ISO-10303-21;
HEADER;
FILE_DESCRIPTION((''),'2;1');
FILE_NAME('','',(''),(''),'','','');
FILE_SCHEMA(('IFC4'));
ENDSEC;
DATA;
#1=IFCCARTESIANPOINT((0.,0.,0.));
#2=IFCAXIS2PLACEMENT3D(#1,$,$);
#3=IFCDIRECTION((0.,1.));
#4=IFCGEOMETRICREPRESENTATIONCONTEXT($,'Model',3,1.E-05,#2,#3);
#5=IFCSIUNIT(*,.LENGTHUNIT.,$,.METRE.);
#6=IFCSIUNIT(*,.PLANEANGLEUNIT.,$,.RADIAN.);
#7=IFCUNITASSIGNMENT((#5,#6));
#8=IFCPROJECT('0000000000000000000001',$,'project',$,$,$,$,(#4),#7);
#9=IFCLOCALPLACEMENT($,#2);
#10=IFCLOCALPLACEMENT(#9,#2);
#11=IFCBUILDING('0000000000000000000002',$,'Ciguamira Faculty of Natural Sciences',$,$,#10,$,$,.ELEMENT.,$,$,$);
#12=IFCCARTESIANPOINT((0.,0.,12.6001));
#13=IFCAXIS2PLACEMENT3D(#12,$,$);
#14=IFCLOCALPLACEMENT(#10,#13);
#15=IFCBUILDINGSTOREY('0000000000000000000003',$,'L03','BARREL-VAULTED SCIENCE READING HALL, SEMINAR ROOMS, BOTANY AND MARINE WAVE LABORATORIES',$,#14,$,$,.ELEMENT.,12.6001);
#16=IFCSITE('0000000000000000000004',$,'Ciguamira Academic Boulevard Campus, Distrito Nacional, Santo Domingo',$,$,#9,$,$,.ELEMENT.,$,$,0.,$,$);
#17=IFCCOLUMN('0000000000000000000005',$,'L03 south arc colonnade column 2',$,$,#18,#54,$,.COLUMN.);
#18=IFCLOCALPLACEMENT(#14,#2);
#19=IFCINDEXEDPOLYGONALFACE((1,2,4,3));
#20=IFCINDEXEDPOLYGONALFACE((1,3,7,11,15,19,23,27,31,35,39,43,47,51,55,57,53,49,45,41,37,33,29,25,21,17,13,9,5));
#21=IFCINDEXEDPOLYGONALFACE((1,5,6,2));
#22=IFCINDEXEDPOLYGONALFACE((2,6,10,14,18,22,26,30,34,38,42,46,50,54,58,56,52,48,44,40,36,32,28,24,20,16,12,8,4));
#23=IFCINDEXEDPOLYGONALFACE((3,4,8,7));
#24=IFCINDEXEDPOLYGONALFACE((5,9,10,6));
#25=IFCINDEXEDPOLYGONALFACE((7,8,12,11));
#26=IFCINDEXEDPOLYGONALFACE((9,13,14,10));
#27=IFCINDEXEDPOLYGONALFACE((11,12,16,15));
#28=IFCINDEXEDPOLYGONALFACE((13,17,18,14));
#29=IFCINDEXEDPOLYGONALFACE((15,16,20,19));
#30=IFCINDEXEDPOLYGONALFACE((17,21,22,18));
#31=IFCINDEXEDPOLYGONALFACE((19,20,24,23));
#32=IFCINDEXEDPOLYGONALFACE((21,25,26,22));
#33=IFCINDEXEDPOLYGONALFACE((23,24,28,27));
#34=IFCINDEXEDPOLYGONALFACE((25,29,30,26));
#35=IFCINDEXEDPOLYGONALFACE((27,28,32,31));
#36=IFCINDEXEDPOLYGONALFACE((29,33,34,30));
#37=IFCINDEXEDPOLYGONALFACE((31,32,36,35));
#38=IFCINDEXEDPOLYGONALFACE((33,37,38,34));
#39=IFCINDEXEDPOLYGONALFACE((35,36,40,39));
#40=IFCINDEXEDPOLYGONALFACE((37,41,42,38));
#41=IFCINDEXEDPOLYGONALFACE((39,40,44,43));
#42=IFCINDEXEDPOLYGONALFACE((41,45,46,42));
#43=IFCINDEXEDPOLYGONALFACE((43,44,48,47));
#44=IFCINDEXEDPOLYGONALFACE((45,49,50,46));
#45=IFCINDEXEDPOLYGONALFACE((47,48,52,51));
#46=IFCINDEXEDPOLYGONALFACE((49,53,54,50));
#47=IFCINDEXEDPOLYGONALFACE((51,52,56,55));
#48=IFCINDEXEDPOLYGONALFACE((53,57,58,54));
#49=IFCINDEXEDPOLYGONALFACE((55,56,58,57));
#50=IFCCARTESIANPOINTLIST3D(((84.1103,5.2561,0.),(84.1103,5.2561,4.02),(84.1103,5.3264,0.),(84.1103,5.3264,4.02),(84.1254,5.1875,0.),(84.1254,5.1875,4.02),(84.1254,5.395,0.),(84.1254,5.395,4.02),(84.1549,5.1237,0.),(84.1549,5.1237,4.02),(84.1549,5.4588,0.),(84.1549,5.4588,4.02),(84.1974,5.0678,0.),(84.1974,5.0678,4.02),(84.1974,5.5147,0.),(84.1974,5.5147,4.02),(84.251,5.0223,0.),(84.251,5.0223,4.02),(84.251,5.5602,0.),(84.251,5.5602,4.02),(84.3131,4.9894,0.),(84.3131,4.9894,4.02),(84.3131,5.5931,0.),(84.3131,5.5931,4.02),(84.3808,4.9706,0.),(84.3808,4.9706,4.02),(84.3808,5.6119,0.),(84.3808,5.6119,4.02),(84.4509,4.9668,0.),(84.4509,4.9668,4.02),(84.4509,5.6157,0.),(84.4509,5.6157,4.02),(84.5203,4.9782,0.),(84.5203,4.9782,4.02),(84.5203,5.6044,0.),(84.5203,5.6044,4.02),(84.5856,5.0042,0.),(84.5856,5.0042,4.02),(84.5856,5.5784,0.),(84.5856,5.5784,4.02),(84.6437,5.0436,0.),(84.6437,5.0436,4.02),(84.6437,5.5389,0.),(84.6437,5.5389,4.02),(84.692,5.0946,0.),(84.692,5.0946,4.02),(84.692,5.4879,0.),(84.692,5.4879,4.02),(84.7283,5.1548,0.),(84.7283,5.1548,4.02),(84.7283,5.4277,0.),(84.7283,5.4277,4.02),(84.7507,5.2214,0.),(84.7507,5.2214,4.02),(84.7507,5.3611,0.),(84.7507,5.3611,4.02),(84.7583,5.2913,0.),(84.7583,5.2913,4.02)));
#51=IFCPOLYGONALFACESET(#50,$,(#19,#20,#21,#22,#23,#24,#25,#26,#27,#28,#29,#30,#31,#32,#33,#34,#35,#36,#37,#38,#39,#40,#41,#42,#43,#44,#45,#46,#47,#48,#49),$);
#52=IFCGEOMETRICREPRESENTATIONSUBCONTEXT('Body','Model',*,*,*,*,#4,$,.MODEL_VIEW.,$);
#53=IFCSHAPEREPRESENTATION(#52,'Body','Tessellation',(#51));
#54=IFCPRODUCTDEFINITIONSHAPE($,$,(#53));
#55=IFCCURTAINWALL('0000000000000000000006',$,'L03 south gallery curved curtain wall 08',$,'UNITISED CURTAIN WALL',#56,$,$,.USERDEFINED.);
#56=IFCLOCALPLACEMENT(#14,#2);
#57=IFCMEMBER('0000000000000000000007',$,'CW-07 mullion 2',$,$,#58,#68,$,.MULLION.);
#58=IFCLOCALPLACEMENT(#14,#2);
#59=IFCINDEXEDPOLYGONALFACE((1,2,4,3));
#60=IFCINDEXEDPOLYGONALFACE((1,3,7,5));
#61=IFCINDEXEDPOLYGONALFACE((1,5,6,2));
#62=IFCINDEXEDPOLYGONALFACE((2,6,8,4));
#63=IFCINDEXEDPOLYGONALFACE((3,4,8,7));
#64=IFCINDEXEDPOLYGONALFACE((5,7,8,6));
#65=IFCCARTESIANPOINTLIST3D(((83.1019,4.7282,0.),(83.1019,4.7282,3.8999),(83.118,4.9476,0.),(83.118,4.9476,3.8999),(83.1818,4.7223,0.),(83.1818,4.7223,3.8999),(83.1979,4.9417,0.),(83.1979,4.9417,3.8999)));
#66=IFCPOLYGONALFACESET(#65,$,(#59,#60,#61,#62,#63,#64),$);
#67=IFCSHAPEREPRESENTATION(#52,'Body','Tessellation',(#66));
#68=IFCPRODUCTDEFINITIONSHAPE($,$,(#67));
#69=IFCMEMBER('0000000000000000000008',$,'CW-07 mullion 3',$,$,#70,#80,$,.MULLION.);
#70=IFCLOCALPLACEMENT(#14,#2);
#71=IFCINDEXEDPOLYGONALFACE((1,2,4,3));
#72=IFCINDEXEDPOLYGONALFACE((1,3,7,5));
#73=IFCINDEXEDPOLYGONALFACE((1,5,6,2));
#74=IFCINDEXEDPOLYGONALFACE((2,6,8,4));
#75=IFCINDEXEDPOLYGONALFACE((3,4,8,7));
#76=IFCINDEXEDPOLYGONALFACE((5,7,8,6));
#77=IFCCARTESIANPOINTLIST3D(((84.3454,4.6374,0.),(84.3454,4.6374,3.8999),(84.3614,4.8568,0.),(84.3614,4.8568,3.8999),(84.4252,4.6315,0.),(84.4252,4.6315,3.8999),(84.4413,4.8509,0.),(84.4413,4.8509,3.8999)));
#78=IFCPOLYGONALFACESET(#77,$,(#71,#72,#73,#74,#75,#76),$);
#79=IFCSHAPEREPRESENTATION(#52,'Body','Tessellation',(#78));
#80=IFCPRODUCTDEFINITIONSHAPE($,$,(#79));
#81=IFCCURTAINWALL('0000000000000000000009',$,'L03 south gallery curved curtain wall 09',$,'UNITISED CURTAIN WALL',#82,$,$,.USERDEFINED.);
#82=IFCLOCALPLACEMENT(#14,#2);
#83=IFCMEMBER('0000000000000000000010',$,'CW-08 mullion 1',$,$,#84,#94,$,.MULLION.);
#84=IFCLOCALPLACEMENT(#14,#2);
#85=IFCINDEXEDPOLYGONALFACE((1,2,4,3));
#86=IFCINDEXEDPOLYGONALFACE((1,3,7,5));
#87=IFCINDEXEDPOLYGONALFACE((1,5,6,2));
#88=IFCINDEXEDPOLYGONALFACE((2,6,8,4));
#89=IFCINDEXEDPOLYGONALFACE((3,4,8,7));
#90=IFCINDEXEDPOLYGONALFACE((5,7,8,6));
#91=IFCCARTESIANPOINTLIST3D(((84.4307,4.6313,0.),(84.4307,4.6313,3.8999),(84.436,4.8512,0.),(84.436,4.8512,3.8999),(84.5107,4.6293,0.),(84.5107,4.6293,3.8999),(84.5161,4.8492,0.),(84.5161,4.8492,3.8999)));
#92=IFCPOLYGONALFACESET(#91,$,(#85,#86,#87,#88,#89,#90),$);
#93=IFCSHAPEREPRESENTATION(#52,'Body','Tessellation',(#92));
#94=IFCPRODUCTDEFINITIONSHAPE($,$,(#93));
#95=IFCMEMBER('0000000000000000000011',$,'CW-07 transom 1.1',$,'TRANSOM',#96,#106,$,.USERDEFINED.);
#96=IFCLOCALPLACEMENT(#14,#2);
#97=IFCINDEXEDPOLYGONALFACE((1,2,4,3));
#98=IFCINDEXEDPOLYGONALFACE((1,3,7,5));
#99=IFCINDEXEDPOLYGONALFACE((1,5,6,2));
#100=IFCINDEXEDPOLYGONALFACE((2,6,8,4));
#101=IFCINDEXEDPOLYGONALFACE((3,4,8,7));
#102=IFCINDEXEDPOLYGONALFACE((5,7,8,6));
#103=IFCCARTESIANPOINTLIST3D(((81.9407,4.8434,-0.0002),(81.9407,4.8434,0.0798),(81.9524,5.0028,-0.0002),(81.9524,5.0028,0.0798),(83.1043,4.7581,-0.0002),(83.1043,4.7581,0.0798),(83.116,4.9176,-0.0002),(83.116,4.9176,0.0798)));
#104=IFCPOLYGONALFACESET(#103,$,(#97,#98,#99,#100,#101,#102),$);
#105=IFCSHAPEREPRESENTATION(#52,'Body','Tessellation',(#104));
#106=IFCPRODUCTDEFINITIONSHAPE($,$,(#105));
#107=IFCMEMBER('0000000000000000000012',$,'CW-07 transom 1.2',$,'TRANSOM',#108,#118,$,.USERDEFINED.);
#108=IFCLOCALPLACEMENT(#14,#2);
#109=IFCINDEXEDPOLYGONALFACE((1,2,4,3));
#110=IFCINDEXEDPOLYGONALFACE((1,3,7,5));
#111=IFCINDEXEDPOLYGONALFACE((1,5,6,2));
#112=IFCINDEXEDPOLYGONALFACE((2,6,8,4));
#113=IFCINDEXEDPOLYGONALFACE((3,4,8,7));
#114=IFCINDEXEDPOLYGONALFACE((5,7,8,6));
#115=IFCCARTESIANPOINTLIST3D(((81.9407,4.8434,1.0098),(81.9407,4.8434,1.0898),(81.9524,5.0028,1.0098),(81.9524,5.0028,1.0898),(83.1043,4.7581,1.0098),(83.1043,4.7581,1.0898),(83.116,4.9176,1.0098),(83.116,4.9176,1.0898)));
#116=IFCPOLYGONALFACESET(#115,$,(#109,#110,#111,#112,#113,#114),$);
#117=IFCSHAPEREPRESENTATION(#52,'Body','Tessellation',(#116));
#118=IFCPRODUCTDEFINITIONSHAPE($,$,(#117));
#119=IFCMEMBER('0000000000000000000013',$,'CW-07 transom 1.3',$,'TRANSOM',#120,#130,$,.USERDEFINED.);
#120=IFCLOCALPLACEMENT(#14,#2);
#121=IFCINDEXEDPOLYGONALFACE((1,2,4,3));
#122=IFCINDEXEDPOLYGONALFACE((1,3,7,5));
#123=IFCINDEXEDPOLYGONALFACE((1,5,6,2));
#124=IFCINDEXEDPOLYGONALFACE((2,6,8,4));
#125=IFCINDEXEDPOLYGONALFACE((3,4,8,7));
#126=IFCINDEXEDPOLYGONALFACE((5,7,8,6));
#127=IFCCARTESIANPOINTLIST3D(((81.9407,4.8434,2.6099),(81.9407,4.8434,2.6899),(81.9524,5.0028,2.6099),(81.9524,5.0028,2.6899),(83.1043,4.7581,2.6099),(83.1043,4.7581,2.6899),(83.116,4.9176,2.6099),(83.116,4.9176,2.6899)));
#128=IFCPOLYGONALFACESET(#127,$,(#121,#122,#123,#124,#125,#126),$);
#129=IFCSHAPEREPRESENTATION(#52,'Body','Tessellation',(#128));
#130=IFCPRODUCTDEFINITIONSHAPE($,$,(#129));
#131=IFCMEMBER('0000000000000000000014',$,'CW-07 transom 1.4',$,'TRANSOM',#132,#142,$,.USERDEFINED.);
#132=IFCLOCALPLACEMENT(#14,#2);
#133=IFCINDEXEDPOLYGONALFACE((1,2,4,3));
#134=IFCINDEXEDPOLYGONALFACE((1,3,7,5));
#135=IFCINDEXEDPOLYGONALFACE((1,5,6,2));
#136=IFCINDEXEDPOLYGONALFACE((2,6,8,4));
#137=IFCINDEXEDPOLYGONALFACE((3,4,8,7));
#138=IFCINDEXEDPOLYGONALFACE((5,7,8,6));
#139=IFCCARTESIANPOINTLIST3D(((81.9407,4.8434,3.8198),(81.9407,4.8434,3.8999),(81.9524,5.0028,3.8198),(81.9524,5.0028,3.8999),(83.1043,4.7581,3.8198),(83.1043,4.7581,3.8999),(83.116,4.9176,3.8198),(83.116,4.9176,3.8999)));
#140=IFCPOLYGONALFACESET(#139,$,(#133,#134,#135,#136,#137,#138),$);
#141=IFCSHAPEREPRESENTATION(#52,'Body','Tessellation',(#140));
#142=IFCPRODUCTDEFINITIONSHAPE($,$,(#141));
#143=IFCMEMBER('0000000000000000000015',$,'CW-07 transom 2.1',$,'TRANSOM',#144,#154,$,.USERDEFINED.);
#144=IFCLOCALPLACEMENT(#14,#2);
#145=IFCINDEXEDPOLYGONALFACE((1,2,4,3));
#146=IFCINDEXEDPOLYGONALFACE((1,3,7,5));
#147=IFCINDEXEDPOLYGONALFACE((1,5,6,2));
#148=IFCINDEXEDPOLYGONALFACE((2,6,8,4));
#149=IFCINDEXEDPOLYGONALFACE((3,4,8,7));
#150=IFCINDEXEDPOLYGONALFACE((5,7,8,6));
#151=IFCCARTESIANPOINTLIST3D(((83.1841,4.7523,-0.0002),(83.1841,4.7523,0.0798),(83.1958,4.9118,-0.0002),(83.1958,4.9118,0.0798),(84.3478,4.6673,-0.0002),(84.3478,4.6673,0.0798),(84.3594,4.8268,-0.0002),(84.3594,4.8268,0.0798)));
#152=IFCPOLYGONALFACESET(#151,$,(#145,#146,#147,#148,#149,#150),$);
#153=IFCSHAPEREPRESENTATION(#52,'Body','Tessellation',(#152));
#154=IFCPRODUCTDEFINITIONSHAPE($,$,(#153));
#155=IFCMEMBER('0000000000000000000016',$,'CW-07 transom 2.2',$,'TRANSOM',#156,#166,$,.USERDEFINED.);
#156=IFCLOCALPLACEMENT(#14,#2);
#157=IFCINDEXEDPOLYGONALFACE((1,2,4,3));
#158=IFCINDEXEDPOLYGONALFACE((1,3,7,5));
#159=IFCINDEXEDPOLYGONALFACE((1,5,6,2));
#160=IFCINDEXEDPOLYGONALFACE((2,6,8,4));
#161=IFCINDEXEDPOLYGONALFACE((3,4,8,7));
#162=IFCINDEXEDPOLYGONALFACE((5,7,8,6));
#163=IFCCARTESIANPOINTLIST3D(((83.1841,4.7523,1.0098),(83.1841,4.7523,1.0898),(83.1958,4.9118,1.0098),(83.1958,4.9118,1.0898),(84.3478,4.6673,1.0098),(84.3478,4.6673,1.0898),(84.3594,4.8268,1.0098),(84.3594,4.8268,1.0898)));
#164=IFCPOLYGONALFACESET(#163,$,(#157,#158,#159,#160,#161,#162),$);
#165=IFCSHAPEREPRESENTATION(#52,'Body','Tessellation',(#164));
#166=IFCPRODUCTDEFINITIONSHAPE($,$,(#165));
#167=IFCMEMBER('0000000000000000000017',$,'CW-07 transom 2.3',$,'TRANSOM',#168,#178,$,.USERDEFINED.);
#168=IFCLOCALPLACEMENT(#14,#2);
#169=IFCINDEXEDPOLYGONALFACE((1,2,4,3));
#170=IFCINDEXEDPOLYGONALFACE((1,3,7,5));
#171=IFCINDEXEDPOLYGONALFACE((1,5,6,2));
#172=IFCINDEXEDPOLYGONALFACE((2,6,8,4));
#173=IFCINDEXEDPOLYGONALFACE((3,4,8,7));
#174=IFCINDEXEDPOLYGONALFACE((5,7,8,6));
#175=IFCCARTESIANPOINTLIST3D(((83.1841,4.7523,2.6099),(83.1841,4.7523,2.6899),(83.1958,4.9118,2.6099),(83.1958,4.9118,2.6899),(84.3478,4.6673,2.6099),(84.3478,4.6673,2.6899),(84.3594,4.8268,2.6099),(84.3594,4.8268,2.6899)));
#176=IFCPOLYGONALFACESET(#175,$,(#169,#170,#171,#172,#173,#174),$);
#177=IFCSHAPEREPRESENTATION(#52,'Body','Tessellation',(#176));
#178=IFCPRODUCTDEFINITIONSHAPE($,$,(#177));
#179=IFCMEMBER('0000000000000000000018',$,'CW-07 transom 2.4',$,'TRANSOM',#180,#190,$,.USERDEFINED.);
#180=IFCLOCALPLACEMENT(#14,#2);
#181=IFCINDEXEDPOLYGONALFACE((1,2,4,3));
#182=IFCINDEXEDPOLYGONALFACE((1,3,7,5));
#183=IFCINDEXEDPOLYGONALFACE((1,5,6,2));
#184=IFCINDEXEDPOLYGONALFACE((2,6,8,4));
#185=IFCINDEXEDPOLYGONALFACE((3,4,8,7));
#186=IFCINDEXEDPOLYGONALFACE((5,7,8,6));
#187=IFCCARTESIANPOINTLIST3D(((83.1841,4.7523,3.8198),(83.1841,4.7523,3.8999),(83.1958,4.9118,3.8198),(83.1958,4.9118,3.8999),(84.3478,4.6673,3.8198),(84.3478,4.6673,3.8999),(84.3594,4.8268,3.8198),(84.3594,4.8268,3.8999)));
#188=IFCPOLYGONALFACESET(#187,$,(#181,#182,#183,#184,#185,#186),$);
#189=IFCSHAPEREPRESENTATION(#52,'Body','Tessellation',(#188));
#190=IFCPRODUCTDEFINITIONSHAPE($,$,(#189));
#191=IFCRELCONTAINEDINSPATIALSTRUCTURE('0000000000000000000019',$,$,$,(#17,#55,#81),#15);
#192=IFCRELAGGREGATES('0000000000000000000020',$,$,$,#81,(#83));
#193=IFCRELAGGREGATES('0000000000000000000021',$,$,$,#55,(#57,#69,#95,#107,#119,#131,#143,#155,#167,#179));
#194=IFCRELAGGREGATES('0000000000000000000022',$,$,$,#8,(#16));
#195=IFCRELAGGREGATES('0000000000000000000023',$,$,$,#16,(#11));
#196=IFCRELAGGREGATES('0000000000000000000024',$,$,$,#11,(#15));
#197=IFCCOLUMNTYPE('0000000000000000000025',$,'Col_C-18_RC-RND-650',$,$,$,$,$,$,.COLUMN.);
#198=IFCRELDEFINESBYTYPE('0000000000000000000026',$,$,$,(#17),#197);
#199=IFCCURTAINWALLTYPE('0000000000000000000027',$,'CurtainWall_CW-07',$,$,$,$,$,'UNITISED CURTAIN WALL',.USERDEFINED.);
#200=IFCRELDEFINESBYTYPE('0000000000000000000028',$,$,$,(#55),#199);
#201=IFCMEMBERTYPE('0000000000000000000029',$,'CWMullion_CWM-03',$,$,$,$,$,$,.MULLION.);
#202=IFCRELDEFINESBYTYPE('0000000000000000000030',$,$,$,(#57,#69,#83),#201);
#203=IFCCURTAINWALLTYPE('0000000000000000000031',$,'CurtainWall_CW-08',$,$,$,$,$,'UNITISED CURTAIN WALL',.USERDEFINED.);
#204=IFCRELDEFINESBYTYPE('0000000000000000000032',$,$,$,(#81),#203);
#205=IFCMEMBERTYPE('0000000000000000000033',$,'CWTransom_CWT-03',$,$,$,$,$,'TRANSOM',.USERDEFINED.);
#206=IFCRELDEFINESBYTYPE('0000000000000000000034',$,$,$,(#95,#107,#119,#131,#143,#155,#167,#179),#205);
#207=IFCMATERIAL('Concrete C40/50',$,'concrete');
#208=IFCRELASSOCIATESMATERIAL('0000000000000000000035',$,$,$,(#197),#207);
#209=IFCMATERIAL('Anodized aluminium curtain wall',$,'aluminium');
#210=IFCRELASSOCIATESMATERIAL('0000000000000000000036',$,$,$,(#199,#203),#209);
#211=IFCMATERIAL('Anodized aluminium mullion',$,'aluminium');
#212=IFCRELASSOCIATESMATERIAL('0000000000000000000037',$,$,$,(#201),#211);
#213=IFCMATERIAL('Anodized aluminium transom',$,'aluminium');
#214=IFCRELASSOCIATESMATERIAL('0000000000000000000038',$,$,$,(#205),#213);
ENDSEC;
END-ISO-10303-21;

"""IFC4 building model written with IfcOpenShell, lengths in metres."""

from ifc_helpers import new_model, si_unit, direction, frame, origin, origin_2d, place, context, subcontext, project, spatial, rectangle, circle, extrude, material, material_profile, profile_set, type_object, element, aggregate, save


model = new_model("IFC4")

# Units and contexts
model_context = context("Model", 3, precision=1e-05, world=origin(), true_north=direction((0.0, 1.0)))
body_context = subcontext(model_context, "Body", "Model", "MODEL_VIEW")
ifc_project = project(units=[si_unit("LENGTHUNIT", "METRE"), si_unit("PLANEANGLEUNIT", "RADIAN")], contexts=[model_context])

# Site, building, storey
site_placement = place(None, origin())
site = spatial("IfcSite", under=ifc_project, at=site_placement, Name="Ciguamira Academic Boulevard Campus, Distrito Nacional, Santo Domingo", CompositionType="ELEMENT", RefElevation=0.0)
building_placement = place(site_placement, origin())
building = spatial("IfcBuilding", under=site, at=building_placement, Name="Ciguamira Faculty of Natural Sciences", CompositionType="ELEMENT")
storey_placement = place(building_placement, frame((0.0, 0.0, 12.6001)))
storey = spatial("IfcBuildingStorey", under=building, at=storey_placement, Name="L03", Description="BARREL-VAULTED SCIENCE READING HALL, SEMINAR ROOMS, BOTANY AND MARINE WAVE LABORATORIES", CompositionType="ELEMENT", Elevation=12.6001)

# Column
ifc_material_1 = material(Name="Concrete C40/50", Category="concrete")
ifc_material_profile_1 = material_profile(ifc_material_1, circle(Radius=0.325, at=origin_2d()), Name="RC-RND-650")
ifc_profile_set_1 = profile_set([ifc_material_profile_1], Name="Concrete C40/50")
column_type = type_object("IfcColumnType", Name="Col_C-18_RC-RND-650", PredefinedType="COLUMN", material=ifc_profile_set_1)
column_placement = place(storey_placement, frame((84.4333, 5.2913, 0.0), z_axis=(0.0, 0.0, 1.0), x_axis=(1.0, 0.0, 0.0)))
element("IfcColumn", 1, at=column_placement, inside=storey, type_object=column_type, Name="L03 south arc colonnade column 2", PredefinedType="COLUMN", context=body_context, shape_type="SweptSolid", body=[
    extrude(circle(Radius=0.325, at=origin_2d()), origin(), (0.0, 0.0, 1.0), 4.02),
])

# Curtain wall, members
ifc_material_2 = material(Name="Anodized aluminium curtain wall", Category="aluminium")
curtain_wall_type_1 = type_object("IfcCurtainWallType", Name="CurtainWall_CW-07", ElementType="UNITISED CURTAIN WALL", PredefinedType="USERDEFINED", material=ifc_material_2)
curtain_wall_1_placement = place(storey_placement, origin())
curtain_wall_1 = element("IfcCurtainWall", 2, at=curtain_wall_1_placement, inside=storey, type_object=curtain_wall_type_1, Name="L03 south gallery curved curtain wall 08", ObjectType="UNITISED CURTAIN WALL", PredefinedType="USERDEFINED")
ifc_material_3 = material(Name="Anodized aluminium mullion", Category="aluminium")
ifc_material_profile_2 = material_profile(ifc_material_3, rectangle(XDim=0.0801, YDim=0.22, at=origin_2d()), Name="ALU-MUL-80X220")
ifc_profile_set_2 = profile_set([ifc_material_profile_2], Name="Anodized aluminium mullion")
member_type_1 = type_object("IfcMemberType", Name="CWMullion_CWM-03", PredefinedType="MULLION", material=ifc_profile_set_2)
member_1_placement = place(storey_placement, frame((83.1499, 4.835, 0.0), z_axis=(0.0, 0.0, 1.0), x_axis=(0.997337, -0.072937, 0.0)))
member_1 = element("IfcMember", 3, at=member_1_placement, type_object=member_type_1, Name="CW-07 mullion 2", PredefinedType="MULLION", context=body_context, shape_type="SweptSolid", body=[
    extrude(rectangle(XDim=0.0801, YDim=0.22, at=origin_2d()), origin(), (0.0, 0.0, 1.0), 3.8999),
])
member_2_placement = place(storey_placement, frame((84.3933, 4.7441, 0.0), z_axis=(0.0, 0.0, 1.0), x_axis=(0.997337, -0.072937, 0.0)))
member_2 = element("IfcMember", 4, at=member_2_placement, type_object=member_type_1, Name="CW-07 mullion 3", PredefinedType="MULLION", context=body_context, shape_type="SweptSolid", body=[
    extrude(rectangle(XDim=0.0801, YDim=0.22, at=origin_2d()), origin(), (0.0, 0.0, 1.0), 3.8999),
])

# Curtain wall, member
curtain_wall_type_2 = type_object("IfcCurtainWallType", Name="CurtainWall_CW-08", ElementType="UNITISED CURTAIN WALL", PredefinedType="USERDEFINED", material=ifc_material_2)
curtain_wall_2_placement = place(storey_placement, origin())
curtain_wall_2 = element("IfcCurtainWall", 5, at=curtain_wall_2_placement, inside=storey, type_object=curtain_wall_type_2, Name="L03 south gallery curved curtain wall 09", ObjectType="UNITISED CURTAIN WALL", PredefinedType="USERDEFINED")
member_3_placement = place(storey_placement, frame((84.4734, 4.7402, 0.0), z_axis=(0.0, 0.0, 1.0), x_axis=(0.999704, -0.024343, 0.0)))
member_3 = element("IfcMember", 6, at=member_3_placement, type_object=member_type_1, Name="CW-08 mullion 1", PredefinedType="MULLION", context=body_context, shape_type="SweptSolid", body=[
    extrude(rectangle(XDim=0.0801, YDim=0.22, at=origin_2d()), origin(), (0.0, 0.0, 1.0), 3.8999),
])

# Members
ifc_material_4 = material(Name="Anodized aluminium transom", Category="aluminium")
ifc_material_profile_3 = material_profile(ifc_material_4, rectangle(XDim=0.0801, YDim=0.1599, at=origin_2d()), Name="ALU-TRN-80X160")
ifc_profile_set_3 = profile_set([ifc_material_profile_3], Name="Anodized aluminium transom")
member_type_2 = type_object("IfcMemberType", Name="CWTransom_CWT-03", ElementType="TRANSOM", PredefinedType="USERDEFINED", material=ifc_profile_set_3)
member_4_placement = place(storey_placement, frame((81.9465, 4.9231, 0.0398), z_axis=(0.99733, -0.073031, 0.0), x_axis=(0.0, 0.0, 1.0)))
member_4 = element("IfcMember", 7, at=member_4_placement, type_object=member_type_2, Name="CW-07 transom 1.1", ObjectType="TRANSOM", PredefinedType="USERDEFINED", context=body_context, shape_type="SweptSolid", body=[
    extrude(rectangle(XDim=0.0801, YDim=0.1599, at=origin_2d()), origin(), (0.0, 0.0, 1.0), 1.1667),
])
member_5_placement = place(storey_placement, frame((81.9465, 4.9231, 1.0498), z_axis=(0.99733, -0.073031, 0.0), x_axis=(0.0, 0.0, 1.0)))
member_5 = element("IfcMember", 8, at=member_5_placement, type_object=member_type_2, Name="CW-07 transom 1.2", ObjectType="TRANSOM", PredefinedType="USERDEFINED", context=body_context, shape_type="SweptSolid", body=[
    extrude(rectangle(XDim=0.0801, YDim=0.1599, at=origin_2d()), origin(), (0.0, 0.0, 1.0), 1.1667),
])
member_6_placement = place(storey_placement, frame((81.9465, 4.9231, 2.6499), z_axis=(0.99733, -0.073031, 0.0), x_axis=(0.0, 0.0, 1.0)))
member_6 = element("IfcMember", 9, at=member_6_placement, type_object=member_type_2, Name="CW-07 transom 1.3", ObjectType="TRANSOM", PredefinedType="USERDEFINED", context=body_context, shape_type="SweptSolid", body=[
    extrude(rectangle(XDim=0.0801, YDim=0.1599, at=origin_2d()), origin(), (0.0, 0.0, 1.0), 1.1667),
])
member_7_placement = place(storey_placement, frame((81.9465, 4.9231, 3.8599), z_axis=(0.99733, -0.073031, 0.0), x_axis=(0.0, 0.0, 1.0)))
member_7 = element("IfcMember", 10, at=member_7_placement, type_object=member_type_2, Name="CW-07 transom 1.4", ObjectType="TRANSOM", PredefinedType="USERDEFINED", context=body_context, shape_type="SweptSolid", body=[
    extrude(rectangle(XDim=0.0801, YDim=0.1599, at=origin_2d()), origin(), (0.0, 0.0, 1.0), 1.1667),
])
member_8_placement = place(storey_placement, frame((83.1899, 4.832, 0.0398), z_axis=(0.997345, -0.072823, 0.0), x_axis=(0.0, 0.0, 1.0)))
member_8 = element("IfcMember", 11, at=member_8_placement, type_object=member_type_2, Name="CW-07 transom 2.1", ObjectType="TRANSOM", PredefinedType="USERDEFINED", context=body_context, shape_type="SweptSolid", body=[
    extrude(rectangle(XDim=0.0801, YDim=0.1599, at=origin_2d()), origin(), (0.0, 0.0, 1.0), 1.1667),
])
member_9_placement = place(storey_placement, frame((83.1899, 4.832, 1.0498), z_axis=(0.997345, -0.072823, 0.0), x_axis=(0.0, 0.0, 1.0)))
member_9 = element("IfcMember", 12, at=member_9_placement, type_object=member_type_2, Name="CW-07 transom 2.2", ObjectType="TRANSOM", PredefinedType="USERDEFINED", context=body_context, shape_type="SweptSolid", body=[
    extrude(rectangle(XDim=0.0801, YDim=0.1599, at=origin_2d()), origin(), (0.0, 0.0, 1.0), 1.1667),
])
member_10_placement = place(storey_placement, frame((83.1899, 4.832, 2.6499), z_axis=(0.997345, -0.072823, 0.0), x_axis=(0.0, 0.0, 1.0)))
member_10 = element("IfcMember", 13, at=member_10_placement, type_object=member_type_2, Name="CW-07 transom 2.3", ObjectType="TRANSOM", PredefinedType="USERDEFINED", context=body_context, shape_type="SweptSolid", body=[
    extrude(rectangle(XDim=0.0801, YDim=0.1599, at=origin_2d()), origin(), (0.0, 0.0, 1.0), 1.1667),
])
member_11_placement = place(storey_placement, frame((83.1899, 4.832, 3.8599), z_axis=(0.997345, -0.072823, 0.0), x_axis=(0.0, 0.0, 1.0)))
member_11 = element("IfcMember", 14, at=member_11_placement, type_object=member_type_2, Name="CW-07 transom 2.4", ObjectType="TRANSOM", PredefinedType="USERDEFINED", context=body_context, shape_type="SweptSolid", body=[
    extrude(rectangle(XDim=0.0801, YDim=0.1599, at=origin_2d()), origin(), (0.0, 0.0, 1.0), 1.1667),
])
aggregate(curtain_wall_2, [member_3])

aggregate(curtain_wall_1, [member_1, member_2, member_4, member_5, member_6, member_7, member_8, member_9, member_10, member_11])

save(model, "model.ifc")
